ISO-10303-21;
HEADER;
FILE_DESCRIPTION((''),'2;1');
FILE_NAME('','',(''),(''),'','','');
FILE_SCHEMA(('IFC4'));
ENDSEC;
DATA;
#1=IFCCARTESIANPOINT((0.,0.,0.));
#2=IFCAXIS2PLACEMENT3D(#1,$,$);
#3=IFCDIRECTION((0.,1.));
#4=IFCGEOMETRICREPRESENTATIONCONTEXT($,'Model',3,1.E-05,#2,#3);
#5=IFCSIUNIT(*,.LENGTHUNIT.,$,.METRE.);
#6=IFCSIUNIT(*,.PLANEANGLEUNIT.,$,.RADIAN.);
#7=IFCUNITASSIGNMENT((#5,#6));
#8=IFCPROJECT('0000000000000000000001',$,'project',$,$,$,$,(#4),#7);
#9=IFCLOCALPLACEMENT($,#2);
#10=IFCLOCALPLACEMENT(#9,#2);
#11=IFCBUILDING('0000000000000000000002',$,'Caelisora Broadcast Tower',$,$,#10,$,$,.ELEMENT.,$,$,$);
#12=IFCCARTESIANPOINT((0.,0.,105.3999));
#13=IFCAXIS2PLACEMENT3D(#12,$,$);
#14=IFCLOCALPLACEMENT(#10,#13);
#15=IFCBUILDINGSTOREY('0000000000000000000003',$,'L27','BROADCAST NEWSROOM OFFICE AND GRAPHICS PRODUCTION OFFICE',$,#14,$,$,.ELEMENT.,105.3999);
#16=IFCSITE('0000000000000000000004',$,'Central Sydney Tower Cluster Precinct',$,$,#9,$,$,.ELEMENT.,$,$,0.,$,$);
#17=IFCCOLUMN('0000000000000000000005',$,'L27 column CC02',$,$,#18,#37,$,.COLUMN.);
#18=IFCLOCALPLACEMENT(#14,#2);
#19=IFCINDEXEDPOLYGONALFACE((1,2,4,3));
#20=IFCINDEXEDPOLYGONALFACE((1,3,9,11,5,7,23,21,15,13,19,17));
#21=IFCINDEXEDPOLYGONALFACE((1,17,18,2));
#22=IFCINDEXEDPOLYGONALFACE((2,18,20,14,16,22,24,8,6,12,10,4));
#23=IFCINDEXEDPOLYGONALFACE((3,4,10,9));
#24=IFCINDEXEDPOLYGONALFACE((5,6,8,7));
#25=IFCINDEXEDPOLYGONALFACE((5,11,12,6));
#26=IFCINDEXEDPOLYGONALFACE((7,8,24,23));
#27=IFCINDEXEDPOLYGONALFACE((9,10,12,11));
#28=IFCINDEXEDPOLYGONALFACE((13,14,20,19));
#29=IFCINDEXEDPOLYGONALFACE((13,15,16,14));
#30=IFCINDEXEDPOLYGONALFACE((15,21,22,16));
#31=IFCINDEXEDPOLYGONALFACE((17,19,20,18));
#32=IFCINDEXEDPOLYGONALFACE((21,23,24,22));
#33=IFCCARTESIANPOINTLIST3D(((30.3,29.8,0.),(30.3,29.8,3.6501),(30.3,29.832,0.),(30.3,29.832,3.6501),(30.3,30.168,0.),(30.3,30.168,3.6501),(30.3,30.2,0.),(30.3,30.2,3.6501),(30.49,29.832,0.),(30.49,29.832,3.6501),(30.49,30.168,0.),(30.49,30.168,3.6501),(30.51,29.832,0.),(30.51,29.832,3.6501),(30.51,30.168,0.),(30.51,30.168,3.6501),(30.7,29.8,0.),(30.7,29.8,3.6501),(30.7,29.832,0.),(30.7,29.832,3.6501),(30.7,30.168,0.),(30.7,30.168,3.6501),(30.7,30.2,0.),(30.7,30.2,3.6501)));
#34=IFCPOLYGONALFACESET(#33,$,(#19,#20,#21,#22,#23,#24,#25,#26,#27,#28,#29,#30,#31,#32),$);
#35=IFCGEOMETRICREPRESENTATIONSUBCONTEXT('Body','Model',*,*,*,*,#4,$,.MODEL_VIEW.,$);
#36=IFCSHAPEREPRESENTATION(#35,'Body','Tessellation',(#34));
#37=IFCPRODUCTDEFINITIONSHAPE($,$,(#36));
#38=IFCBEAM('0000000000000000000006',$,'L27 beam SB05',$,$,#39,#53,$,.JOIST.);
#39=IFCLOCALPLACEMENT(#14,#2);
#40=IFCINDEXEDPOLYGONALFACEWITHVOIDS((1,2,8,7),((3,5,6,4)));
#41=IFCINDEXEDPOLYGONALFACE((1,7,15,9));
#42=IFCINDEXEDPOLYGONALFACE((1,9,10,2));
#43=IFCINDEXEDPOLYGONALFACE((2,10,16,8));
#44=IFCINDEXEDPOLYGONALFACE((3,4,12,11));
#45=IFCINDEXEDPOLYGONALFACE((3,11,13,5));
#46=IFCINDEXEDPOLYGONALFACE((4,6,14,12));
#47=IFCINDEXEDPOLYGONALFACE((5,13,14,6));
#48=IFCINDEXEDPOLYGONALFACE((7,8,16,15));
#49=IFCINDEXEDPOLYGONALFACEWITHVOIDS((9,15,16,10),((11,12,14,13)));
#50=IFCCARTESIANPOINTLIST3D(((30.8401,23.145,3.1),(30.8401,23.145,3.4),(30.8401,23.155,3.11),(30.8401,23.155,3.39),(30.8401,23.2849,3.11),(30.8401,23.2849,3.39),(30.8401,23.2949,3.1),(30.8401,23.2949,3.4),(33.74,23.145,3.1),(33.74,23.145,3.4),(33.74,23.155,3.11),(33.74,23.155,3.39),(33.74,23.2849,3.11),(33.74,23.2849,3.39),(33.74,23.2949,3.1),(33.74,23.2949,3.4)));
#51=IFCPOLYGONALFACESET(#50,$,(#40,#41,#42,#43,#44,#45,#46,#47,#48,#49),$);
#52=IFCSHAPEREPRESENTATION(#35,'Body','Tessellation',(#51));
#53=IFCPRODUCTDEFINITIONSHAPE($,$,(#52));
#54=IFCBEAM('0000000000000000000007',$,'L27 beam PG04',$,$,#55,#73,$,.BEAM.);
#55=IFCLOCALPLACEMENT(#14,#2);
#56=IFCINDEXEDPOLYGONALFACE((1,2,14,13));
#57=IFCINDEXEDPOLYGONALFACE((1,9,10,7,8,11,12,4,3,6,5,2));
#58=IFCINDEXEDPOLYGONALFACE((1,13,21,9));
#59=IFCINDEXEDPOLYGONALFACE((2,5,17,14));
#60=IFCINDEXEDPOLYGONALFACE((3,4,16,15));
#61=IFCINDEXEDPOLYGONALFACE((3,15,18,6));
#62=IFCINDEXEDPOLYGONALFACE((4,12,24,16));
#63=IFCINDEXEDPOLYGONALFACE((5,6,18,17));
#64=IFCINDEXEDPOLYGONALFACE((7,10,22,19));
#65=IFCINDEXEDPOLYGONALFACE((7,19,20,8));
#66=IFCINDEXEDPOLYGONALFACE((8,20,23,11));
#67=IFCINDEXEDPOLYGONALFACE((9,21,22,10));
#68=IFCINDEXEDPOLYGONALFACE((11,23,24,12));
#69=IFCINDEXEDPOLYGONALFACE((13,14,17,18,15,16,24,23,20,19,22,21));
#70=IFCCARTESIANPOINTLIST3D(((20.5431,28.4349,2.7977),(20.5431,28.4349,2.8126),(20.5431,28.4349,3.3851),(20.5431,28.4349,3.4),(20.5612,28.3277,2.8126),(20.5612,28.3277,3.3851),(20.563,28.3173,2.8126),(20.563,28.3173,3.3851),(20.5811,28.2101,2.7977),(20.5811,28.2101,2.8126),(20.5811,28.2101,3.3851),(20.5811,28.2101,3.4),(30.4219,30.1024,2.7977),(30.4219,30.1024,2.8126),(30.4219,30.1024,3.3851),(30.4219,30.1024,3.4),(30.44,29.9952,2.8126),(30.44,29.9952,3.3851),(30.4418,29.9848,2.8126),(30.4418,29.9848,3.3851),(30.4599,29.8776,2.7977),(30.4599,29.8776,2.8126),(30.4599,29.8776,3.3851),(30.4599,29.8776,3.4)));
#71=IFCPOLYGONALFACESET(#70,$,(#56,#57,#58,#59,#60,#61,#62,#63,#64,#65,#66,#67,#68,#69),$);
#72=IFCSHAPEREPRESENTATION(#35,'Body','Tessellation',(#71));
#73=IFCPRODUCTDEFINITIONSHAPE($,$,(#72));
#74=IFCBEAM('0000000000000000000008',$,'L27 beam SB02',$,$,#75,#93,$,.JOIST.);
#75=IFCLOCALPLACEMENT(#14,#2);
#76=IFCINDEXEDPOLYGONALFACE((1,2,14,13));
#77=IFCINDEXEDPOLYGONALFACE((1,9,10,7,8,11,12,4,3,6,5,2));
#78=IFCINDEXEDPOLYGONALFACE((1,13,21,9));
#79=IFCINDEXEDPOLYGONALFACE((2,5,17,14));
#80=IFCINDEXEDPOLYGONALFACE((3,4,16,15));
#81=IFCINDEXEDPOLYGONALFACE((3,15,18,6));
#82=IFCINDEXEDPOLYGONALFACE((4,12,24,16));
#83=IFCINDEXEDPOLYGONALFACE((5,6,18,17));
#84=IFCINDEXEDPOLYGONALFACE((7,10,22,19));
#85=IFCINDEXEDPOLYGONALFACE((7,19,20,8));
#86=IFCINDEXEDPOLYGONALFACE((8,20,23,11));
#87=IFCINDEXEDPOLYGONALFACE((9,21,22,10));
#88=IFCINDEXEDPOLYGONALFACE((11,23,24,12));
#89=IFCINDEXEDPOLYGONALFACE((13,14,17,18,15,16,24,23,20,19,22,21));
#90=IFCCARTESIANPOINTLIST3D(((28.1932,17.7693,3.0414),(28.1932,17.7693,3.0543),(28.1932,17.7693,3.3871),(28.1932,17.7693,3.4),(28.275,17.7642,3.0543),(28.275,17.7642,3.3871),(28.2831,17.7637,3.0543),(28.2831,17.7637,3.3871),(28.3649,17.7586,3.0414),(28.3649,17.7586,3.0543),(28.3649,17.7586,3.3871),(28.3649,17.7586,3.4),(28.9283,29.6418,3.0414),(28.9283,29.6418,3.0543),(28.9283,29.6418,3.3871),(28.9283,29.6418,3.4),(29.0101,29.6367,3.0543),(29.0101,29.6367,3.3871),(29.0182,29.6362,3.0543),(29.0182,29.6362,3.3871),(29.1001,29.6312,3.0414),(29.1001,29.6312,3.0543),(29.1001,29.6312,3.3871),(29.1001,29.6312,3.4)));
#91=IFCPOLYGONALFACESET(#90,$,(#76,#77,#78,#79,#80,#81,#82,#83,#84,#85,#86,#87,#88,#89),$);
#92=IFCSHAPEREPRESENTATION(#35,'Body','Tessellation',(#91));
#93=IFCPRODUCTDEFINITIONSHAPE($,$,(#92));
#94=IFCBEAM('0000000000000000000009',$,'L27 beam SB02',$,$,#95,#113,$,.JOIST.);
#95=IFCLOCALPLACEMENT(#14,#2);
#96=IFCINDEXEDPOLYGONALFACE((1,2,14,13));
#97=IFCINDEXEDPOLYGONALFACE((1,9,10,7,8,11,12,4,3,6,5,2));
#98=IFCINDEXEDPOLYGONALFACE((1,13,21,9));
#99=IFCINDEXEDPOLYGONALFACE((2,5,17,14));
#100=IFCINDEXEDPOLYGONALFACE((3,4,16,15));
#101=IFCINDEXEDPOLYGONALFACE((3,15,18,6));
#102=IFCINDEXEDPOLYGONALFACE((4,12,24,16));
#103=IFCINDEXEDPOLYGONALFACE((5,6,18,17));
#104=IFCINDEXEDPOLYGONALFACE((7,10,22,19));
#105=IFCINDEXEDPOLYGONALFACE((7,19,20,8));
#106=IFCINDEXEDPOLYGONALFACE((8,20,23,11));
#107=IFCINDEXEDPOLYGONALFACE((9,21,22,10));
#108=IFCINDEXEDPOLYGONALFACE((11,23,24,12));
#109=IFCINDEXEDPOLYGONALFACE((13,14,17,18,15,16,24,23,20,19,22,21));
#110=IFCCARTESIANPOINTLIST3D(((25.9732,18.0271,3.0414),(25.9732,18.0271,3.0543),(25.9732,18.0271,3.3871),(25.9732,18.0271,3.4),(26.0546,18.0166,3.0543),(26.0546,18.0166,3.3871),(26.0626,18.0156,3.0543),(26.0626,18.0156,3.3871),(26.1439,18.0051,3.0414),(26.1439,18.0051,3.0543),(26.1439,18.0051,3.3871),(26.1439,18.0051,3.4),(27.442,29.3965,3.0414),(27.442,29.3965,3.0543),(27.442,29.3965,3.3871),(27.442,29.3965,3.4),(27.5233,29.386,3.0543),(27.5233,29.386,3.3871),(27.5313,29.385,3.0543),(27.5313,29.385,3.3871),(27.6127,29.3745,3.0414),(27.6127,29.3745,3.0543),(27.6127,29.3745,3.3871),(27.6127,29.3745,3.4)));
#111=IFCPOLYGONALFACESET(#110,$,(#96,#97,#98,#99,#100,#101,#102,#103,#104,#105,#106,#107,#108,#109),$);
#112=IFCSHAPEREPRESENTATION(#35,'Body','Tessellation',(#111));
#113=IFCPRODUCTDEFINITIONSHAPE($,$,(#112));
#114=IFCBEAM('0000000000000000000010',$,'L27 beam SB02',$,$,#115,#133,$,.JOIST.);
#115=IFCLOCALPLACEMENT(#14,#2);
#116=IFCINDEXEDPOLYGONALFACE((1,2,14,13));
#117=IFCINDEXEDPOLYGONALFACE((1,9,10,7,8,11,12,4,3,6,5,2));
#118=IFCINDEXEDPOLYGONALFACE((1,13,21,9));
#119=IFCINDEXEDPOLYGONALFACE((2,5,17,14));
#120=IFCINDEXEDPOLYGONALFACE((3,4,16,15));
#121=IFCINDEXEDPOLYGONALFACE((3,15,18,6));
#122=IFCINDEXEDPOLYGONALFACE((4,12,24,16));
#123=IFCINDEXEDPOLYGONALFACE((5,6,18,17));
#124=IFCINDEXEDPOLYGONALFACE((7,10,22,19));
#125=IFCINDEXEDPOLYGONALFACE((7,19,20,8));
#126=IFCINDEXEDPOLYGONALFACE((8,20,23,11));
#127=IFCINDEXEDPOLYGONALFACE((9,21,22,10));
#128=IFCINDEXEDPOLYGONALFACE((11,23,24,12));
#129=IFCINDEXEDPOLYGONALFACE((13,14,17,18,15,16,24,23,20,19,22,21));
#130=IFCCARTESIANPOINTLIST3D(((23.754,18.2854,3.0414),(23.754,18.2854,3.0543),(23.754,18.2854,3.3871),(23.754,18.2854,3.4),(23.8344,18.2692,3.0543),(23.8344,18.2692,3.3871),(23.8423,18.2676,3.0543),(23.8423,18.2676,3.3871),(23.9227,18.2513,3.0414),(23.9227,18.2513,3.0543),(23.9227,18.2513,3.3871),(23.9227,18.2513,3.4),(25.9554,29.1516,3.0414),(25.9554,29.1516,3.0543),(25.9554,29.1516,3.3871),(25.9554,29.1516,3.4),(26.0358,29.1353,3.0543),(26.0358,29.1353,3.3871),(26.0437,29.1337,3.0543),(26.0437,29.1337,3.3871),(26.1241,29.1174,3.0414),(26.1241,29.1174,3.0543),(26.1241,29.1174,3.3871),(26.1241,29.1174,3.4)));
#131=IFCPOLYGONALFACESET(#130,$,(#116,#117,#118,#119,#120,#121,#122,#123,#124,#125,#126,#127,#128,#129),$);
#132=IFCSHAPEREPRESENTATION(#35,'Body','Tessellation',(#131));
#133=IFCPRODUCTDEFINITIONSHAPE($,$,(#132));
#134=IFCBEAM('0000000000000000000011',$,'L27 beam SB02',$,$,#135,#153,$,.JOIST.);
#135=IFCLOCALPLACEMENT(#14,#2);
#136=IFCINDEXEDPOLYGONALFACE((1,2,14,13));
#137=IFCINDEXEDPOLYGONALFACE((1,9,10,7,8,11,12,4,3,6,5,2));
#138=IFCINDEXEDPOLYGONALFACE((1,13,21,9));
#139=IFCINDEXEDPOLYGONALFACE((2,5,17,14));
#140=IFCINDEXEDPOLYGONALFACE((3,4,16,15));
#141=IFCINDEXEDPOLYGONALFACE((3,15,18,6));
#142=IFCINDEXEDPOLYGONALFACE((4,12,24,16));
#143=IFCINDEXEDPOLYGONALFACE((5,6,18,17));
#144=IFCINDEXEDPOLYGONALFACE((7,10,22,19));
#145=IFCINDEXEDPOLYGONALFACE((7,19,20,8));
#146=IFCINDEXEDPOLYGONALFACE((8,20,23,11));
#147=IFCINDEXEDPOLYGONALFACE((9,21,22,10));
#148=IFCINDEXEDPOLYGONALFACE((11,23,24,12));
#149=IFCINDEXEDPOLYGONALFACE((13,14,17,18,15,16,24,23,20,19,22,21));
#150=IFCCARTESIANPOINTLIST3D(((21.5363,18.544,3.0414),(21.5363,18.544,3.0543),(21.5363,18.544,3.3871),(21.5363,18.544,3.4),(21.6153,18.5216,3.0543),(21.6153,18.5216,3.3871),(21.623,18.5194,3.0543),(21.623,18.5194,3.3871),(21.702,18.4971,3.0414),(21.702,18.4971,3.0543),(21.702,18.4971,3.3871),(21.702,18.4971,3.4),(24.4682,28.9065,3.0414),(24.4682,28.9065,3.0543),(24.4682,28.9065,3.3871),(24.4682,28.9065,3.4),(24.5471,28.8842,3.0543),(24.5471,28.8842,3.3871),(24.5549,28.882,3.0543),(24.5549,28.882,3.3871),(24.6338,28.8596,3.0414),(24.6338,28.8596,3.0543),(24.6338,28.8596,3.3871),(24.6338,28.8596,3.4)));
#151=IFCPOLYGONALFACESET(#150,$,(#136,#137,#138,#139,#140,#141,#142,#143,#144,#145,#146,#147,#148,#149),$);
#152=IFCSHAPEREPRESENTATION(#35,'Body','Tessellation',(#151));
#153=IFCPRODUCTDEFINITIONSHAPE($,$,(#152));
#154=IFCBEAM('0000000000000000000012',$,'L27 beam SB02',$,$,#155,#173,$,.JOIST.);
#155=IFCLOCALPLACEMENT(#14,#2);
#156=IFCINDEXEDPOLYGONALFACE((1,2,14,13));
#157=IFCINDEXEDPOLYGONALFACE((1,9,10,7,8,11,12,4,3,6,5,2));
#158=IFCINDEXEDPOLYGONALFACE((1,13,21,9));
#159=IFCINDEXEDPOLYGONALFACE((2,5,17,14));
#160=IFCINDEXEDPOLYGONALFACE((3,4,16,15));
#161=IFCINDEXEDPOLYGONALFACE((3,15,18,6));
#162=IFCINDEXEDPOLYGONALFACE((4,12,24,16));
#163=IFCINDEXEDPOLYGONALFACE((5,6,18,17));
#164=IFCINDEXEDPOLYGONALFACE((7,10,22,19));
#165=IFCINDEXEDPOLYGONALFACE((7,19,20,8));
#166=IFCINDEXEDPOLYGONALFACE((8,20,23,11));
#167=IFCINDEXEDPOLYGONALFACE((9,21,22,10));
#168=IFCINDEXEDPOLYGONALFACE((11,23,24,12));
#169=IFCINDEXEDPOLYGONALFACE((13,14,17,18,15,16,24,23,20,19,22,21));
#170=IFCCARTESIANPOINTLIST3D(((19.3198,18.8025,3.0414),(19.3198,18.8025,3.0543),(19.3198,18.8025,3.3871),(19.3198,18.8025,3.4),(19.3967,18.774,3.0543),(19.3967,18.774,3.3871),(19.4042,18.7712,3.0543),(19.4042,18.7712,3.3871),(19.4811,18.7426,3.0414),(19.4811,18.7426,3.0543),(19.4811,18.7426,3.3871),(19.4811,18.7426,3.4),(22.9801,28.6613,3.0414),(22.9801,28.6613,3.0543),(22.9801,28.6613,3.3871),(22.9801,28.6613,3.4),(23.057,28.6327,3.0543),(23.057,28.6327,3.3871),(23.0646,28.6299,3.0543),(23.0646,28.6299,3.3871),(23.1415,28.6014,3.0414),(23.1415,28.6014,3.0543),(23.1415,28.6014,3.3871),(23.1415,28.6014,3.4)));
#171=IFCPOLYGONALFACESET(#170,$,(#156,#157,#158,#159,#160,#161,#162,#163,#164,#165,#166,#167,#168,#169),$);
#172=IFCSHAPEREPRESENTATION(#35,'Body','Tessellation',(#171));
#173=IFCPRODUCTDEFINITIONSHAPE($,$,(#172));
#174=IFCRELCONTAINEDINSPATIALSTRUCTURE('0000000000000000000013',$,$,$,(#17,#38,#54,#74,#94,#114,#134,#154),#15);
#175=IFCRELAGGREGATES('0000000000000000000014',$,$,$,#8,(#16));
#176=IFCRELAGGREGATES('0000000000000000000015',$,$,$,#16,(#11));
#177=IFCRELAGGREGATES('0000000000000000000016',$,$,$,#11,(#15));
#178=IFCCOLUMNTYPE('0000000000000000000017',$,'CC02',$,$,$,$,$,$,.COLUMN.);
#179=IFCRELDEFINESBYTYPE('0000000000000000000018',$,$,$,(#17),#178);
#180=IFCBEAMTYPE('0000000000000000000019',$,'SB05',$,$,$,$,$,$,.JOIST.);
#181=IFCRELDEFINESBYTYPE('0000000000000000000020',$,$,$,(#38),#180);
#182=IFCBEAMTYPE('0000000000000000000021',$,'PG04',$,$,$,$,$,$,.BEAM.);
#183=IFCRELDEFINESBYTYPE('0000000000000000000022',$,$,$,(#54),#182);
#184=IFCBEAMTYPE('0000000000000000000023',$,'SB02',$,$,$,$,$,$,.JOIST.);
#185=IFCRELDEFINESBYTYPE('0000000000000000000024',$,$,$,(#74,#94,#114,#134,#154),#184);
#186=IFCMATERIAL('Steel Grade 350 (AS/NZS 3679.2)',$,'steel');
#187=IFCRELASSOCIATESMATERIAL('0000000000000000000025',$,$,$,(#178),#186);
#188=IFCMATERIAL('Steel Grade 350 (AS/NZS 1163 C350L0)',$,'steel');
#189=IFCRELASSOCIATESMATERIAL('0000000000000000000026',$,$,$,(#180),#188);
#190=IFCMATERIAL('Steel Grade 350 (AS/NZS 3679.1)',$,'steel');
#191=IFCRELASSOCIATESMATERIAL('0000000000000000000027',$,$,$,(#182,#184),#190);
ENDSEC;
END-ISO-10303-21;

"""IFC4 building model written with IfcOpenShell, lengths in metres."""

from ifc_helpers import new_model, si_unit, direction, frame, origin, origin_2d, place, context, subcontext, project, spatial, hollow_rectangle, i_section, extrude, source, transform, mapped, material, material_profile, profile_set, type_object, type_shapes, element, save


model = new_model("IFC4")

# Units and contexts
model_context = context("Model", 3, precision=1e-05, world=origin(), true_north=direction((0.0, 1.0)))
body_context = subcontext(model_context, "Body", "Model", "MODEL_VIEW")
ifc_project = project(units=[si_unit("LENGTHUNIT", "METRE"), si_unit("PLANEANGLEUNIT", "RADIAN")], contexts=[model_context])

# Site, building, storey
site_placement = place(None, origin())
site = spatial("IfcSite", under=ifc_project, at=site_placement, Name="Central Sydney Tower Cluster Precinct", CompositionType="ELEMENT", RefElevation=0.0)
building_placement = place(site_placement, origin())
building = spatial("IfcBuilding", under=site, at=building_placement, Name="Caelisora Broadcast Tower", CompositionType="ELEMENT")
storey_placement = place(building_placement, frame((0.0, 0.0, 105.3999)))
storey = spatial("IfcBuildingStorey", under=building, at=storey_placement, Name="L27", Description="BROADCAST NEWSROOM OFFICE AND GRAPHICS PRODUCTION OFFICE", CompositionType="ELEMENT", Elevation=105.3999)

# Column
ifc_material_1 = material(Name="Steel Grade 350 (AS/NZS 3679.2)", Category="steel")
ifc_material_profile_1 = material_profile(ifc_material_1, i_section(OverallWidth=0.3999, OverallDepth=0.3999, WebThickness=0.02, FlangeThickness=0.032, at=origin_2d()), Name="Steel Grade 350 (AS/NZS 3679.2)")
ifc_profile_set_1 = profile_set([ifc_material_profile_1], Name="Steel Grade 350 (AS/NZS 3679.2)")
column_type = type_object("IfcColumnType", Name="CC02", PredefinedType="COLUMN", material=ifc_profile_set_1)
shared_shape_1 = source(origin(), body_context, "Body", "SweptSolid", [
    extrude(i_section(OverallWidth=0.3999, OverallDepth=0.3999, WebThickness=0.02, FlangeThickness=0.032, at=origin_2d()), origin(), (0.0, 0.0, 1.0), 3.6501),
])
type_shapes(column_type, [shared_shape_1])
column_placement = place(storey_placement, frame((30.5, 30.0, 0.0), z_axis=(0.0, 0.0, 1.0), x_axis=(1.0, 0.0, 0.0)))
element("IfcColumn", 1, at=column_placement, inside=storey, type_object=column_type, Name="L27 column CC02", PredefinedType="COLUMN", context=body_context, shape_type="MappedRepresentation", body=[
    mapped(shared_shape_1, transform((0.0, 0.0, 0.0), scale=1.0)),
])

# Beams
ifc_material_2 = material(Name="Steel Grade 350 (AS/NZS 1163 C350L0)", Category="steel")
ifc_material_profile_2 = material_profile(ifc_material_2, hollow_rectangle(XDim=0.1499, YDim=0.3, WallThickness=0.01, at=origin_2d()), Name="Steel Grade 350 (AS/NZS 1163 C350L0)")
ifc_profile_set_2 = profile_set([ifc_material_profile_2], Name="Steel Grade 350 (AS/NZS 1163 C350L0)")
beam_type_1 = type_object("IfcBeamType", Name="SB05", PredefinedType="JOIST", material=ifc_profile_set_2)
shared_shape_2 = source(origin(), body_context, "Body", "SweptSolid", [
    extrude(hollow_rectangle(XDim=0.1499, YDim=0.3, WallThickness=0.01, at=origin_2d()), origin(), (0.0, 0.0, 1.0), 2.8999),
])
type_shapes(beam_type_1, [shared_shape_2])
beam_1_placement = place(storey_placement, frame((30.8401, 23.22, 3.25), z_axis=(1.0, 0.0, 0.0), x_axis=(0.0, 1.0, 0.0)))
element("IfcBeam", 2, at=beam_1_placement, inside=storey, type_object=beam_type_1, Name="L27 beam SB05", PredefinedType="JOIST", context=body_context, shape_type="MappedRepresentation", body=[
    mapped(shared_shape_2, transform((0.0, 0.0, 0.0), scale=1.0)),
])
ifc_material_3 = material(Name="Steel Grade 350 (AS/NZS 3679.1)", Category="steel")
ifc_material_profile_3 = material_profile(ifc_material_3, i_section(OverallWidth=0.228, OverallDepth=0.6023, WebThickness=0.0105, FlangeThickness=0.0149, at=origin_2d()), Name="Steel Grade 350 (AS/NZS 3679.1)")
ifc_profile_set_3 = profile_set([ifc_material_profile_3], Name="Steel Grade 350 (AS/NZS 3679.1)")
beam_type_2 = type_object("IfcBeamType", Name="PG04", PredefinedType="BEAM", material=ifc_profile_set_3)
shared_shape_3 = source(origin(), body_context, "Body", "SweptSolid", [
    extrude(i_section(OverallWidth=0.228, OverallDepth=0.6023, WebThickness=0.0105, FlangeThickness=0.0149, at=origin_2d()), origin(), (0.0, 0.0, 1.0), 10.0186),
])
type_shapes(beam_type_2, [shared_shape_3])
beam_2_placement = place(storey_placement, frame((30.4409, 29.99, 3.0989), z_axis=(-0.986052, -0.166438, 0.0), x_axis=(0.166438, -0.986052, 0.0)))
element("IfcBeam", 3, at=beam_2_placement, inside=storey, type_object=beam_type_2, Name="L27 beam PG04", PredefinedType="BEAM", context=body_context, shape_type="MappedRepresentation", body=[
    mapped(shared_shape_3, transform((0.0, 0.0, 0.0), scale=1.0)),
])
ifc_material_profile_4 = material_profile(ifc_material_3, i_section(OverallWidth=0.1721, OverallDepth=0.3586, WebThickness=0.0081, FlangeThickness=0.0129, at=origin_2d()), Name="Steel Grade 350 (AS/NZS 3679.1)")
ifc_profile_set_4 = profile_set([ifc_material_profile_4], Name="Steel Grade 350 (AS/NZS 3679.1)")
beam_type_3 = type_object("IfcBeamType", Name="SB02", PredefinedType="JOIST", material=ifc_profile_set_4)
shared_shape_4 = source(origin(), body_context, "Body", "SweptSolid", [
    extrude(i_section(OverallWidth=0.1721, OverallDepth=0.3586, WebThickness=0.0081, FlangeThickness=0.0129, at=origin_2d()), origin(), (0.0, 0.0, 1.0), 11.8953),
])
beam_3_placement = place(storey_placement, frame((29.0142, 29.6365, 3.2207), z_axis=(-0.061798, -0.998089, 0.0), x_axis=(0.998089, -0.061798, 0.0)))
element("IfcBeam", 4, at=beam_3_placement, inside=storey, type_object=beam_type_3, Name="L27 beam SB02", PredefinedType="JOIST", context=body_context, shape_type="MappedRepresentation", body=[
    mapped(shared_shape_4, transform((0.0, 0.0, 0.0), scale=1.0)),
])
shared_shape_5 = source(origin(), body_context, "Body", "SweptSolid", [
    extrude(i_section(OverallWidth=0.1721, OverallDepth=0.3586, WebThickness=0.0081, FlangeThickness=0.0129, at=origin_2d()), origin(), (0.0, 0.0, 1.0), 11.4639),
])
beam_4_placement = place(storey_placement, frame((27.5273, 29.3855, 3.2207), z_axis=(-0.12812, -0.991759, 0.0), x_axis=(0.991759, -0.12812, 0.0)))
element("IfcBeam", 5, at=beam_4_placement, inside=storey, type_object=beam_type_3, Name="L27 beam SB02", PredefinedType="JOIST", context=body_context, shape_type="MappedRepresentation", body=[
    mapped(shared_shape_5, transform((0.0, 0.0, 0.0), scale=1.0)),
])
shared_shape_6 = source(origin(), body_context, "Body", "SweptSolid", [
    extrude(i_section(OverallWidth=0.1721, OverallDepth=0.3586, WebThickness=0.0081, FlangeThickness=0.0129, at=origin_2d()), origin(), (0.0, 0.0, 1.0), 11.0869),
])
beam_5_placement = place(storey_placement, frame((26.0398, 29.1345, 3.2207), z_axis=(-0.198559, -0.980089, 0.0), x_axis=(0.980089, -0.198559, 0.0)))
element("IfcBeam", 6, at=beam_5_placement, inside=storey, type_object=beam_type_3, Name="L27 beam SB02", PredefinedType="JOIST", context=body_context, shape_type="MappedRepresentation", body=[
    mapped(shared_shape_6, transform((0.0, 0.0, 0.0), scale=1.0)),
])
shared_shape_7 = source(origin(), body_context, "Body", "SweptSolid", [
    extrude(i_section(OverallWidth=0.1721, OverallDepth=0.3586, WebThickness=0.0081, FlangeThickness=0.0129, at=origin_2d()), origin(), (0.0, 0.0, 1.0), 10.7693),
])
beam_6_placement = place(storey_placement, frame((24.551, 28.8831, 3.2207), z_axis=(-0.272244, -0.962228, 0.0), x_axis=(0.962228, -0.272244, 0.0)))
element("IfcBeam", 7, at=beam_6_placement, inside=storey, type_object=beam_type_3, Name="L27 beam SB02", PredefinedType="JOIST", context=body_context, shape_type="MappedRepresentation", body=[
    mapped(shared_shape_7, transform((0.0, 0.0, 0.0), scale=1.0)),
])
shared_shape_8 = source(origin(), body_context, "Body", "SweptSolid", [
    extrude(i_section(OverallWidth=0.1721, OverallDepth=0.3586, WebThickness=0.0081, FlangeThickness=0.0129, at=origin_2d()), origin(), (0.0, 0.0, 1.0), 10.5164),
])
type_shapes(beam_type_3, [shared_shape_4, shared_shape_5, shared_shape_6, shared_shape_7, shared_shape_8])
beam_7_placement = place(storey_placement, frame((23.0608, 28.6313, 3.2207), z_axis=(-0.348064, -0.937471, 0.0), x_axis=(0.937471, -0.348064, 0.0)))
element("IfcBeam", 8, at=beam_7_placement, inside=storey, type_object=beam_type_3, Name="L27 beam SB02", PredefinedType="JOIST", context=body_context, shape_type="MappedRepresentation", body=[
    mapped(shared_shape_8, transform((0.0, 0.0, 0.0), scale=1.0)),
])

save(model, "model.ifc")
